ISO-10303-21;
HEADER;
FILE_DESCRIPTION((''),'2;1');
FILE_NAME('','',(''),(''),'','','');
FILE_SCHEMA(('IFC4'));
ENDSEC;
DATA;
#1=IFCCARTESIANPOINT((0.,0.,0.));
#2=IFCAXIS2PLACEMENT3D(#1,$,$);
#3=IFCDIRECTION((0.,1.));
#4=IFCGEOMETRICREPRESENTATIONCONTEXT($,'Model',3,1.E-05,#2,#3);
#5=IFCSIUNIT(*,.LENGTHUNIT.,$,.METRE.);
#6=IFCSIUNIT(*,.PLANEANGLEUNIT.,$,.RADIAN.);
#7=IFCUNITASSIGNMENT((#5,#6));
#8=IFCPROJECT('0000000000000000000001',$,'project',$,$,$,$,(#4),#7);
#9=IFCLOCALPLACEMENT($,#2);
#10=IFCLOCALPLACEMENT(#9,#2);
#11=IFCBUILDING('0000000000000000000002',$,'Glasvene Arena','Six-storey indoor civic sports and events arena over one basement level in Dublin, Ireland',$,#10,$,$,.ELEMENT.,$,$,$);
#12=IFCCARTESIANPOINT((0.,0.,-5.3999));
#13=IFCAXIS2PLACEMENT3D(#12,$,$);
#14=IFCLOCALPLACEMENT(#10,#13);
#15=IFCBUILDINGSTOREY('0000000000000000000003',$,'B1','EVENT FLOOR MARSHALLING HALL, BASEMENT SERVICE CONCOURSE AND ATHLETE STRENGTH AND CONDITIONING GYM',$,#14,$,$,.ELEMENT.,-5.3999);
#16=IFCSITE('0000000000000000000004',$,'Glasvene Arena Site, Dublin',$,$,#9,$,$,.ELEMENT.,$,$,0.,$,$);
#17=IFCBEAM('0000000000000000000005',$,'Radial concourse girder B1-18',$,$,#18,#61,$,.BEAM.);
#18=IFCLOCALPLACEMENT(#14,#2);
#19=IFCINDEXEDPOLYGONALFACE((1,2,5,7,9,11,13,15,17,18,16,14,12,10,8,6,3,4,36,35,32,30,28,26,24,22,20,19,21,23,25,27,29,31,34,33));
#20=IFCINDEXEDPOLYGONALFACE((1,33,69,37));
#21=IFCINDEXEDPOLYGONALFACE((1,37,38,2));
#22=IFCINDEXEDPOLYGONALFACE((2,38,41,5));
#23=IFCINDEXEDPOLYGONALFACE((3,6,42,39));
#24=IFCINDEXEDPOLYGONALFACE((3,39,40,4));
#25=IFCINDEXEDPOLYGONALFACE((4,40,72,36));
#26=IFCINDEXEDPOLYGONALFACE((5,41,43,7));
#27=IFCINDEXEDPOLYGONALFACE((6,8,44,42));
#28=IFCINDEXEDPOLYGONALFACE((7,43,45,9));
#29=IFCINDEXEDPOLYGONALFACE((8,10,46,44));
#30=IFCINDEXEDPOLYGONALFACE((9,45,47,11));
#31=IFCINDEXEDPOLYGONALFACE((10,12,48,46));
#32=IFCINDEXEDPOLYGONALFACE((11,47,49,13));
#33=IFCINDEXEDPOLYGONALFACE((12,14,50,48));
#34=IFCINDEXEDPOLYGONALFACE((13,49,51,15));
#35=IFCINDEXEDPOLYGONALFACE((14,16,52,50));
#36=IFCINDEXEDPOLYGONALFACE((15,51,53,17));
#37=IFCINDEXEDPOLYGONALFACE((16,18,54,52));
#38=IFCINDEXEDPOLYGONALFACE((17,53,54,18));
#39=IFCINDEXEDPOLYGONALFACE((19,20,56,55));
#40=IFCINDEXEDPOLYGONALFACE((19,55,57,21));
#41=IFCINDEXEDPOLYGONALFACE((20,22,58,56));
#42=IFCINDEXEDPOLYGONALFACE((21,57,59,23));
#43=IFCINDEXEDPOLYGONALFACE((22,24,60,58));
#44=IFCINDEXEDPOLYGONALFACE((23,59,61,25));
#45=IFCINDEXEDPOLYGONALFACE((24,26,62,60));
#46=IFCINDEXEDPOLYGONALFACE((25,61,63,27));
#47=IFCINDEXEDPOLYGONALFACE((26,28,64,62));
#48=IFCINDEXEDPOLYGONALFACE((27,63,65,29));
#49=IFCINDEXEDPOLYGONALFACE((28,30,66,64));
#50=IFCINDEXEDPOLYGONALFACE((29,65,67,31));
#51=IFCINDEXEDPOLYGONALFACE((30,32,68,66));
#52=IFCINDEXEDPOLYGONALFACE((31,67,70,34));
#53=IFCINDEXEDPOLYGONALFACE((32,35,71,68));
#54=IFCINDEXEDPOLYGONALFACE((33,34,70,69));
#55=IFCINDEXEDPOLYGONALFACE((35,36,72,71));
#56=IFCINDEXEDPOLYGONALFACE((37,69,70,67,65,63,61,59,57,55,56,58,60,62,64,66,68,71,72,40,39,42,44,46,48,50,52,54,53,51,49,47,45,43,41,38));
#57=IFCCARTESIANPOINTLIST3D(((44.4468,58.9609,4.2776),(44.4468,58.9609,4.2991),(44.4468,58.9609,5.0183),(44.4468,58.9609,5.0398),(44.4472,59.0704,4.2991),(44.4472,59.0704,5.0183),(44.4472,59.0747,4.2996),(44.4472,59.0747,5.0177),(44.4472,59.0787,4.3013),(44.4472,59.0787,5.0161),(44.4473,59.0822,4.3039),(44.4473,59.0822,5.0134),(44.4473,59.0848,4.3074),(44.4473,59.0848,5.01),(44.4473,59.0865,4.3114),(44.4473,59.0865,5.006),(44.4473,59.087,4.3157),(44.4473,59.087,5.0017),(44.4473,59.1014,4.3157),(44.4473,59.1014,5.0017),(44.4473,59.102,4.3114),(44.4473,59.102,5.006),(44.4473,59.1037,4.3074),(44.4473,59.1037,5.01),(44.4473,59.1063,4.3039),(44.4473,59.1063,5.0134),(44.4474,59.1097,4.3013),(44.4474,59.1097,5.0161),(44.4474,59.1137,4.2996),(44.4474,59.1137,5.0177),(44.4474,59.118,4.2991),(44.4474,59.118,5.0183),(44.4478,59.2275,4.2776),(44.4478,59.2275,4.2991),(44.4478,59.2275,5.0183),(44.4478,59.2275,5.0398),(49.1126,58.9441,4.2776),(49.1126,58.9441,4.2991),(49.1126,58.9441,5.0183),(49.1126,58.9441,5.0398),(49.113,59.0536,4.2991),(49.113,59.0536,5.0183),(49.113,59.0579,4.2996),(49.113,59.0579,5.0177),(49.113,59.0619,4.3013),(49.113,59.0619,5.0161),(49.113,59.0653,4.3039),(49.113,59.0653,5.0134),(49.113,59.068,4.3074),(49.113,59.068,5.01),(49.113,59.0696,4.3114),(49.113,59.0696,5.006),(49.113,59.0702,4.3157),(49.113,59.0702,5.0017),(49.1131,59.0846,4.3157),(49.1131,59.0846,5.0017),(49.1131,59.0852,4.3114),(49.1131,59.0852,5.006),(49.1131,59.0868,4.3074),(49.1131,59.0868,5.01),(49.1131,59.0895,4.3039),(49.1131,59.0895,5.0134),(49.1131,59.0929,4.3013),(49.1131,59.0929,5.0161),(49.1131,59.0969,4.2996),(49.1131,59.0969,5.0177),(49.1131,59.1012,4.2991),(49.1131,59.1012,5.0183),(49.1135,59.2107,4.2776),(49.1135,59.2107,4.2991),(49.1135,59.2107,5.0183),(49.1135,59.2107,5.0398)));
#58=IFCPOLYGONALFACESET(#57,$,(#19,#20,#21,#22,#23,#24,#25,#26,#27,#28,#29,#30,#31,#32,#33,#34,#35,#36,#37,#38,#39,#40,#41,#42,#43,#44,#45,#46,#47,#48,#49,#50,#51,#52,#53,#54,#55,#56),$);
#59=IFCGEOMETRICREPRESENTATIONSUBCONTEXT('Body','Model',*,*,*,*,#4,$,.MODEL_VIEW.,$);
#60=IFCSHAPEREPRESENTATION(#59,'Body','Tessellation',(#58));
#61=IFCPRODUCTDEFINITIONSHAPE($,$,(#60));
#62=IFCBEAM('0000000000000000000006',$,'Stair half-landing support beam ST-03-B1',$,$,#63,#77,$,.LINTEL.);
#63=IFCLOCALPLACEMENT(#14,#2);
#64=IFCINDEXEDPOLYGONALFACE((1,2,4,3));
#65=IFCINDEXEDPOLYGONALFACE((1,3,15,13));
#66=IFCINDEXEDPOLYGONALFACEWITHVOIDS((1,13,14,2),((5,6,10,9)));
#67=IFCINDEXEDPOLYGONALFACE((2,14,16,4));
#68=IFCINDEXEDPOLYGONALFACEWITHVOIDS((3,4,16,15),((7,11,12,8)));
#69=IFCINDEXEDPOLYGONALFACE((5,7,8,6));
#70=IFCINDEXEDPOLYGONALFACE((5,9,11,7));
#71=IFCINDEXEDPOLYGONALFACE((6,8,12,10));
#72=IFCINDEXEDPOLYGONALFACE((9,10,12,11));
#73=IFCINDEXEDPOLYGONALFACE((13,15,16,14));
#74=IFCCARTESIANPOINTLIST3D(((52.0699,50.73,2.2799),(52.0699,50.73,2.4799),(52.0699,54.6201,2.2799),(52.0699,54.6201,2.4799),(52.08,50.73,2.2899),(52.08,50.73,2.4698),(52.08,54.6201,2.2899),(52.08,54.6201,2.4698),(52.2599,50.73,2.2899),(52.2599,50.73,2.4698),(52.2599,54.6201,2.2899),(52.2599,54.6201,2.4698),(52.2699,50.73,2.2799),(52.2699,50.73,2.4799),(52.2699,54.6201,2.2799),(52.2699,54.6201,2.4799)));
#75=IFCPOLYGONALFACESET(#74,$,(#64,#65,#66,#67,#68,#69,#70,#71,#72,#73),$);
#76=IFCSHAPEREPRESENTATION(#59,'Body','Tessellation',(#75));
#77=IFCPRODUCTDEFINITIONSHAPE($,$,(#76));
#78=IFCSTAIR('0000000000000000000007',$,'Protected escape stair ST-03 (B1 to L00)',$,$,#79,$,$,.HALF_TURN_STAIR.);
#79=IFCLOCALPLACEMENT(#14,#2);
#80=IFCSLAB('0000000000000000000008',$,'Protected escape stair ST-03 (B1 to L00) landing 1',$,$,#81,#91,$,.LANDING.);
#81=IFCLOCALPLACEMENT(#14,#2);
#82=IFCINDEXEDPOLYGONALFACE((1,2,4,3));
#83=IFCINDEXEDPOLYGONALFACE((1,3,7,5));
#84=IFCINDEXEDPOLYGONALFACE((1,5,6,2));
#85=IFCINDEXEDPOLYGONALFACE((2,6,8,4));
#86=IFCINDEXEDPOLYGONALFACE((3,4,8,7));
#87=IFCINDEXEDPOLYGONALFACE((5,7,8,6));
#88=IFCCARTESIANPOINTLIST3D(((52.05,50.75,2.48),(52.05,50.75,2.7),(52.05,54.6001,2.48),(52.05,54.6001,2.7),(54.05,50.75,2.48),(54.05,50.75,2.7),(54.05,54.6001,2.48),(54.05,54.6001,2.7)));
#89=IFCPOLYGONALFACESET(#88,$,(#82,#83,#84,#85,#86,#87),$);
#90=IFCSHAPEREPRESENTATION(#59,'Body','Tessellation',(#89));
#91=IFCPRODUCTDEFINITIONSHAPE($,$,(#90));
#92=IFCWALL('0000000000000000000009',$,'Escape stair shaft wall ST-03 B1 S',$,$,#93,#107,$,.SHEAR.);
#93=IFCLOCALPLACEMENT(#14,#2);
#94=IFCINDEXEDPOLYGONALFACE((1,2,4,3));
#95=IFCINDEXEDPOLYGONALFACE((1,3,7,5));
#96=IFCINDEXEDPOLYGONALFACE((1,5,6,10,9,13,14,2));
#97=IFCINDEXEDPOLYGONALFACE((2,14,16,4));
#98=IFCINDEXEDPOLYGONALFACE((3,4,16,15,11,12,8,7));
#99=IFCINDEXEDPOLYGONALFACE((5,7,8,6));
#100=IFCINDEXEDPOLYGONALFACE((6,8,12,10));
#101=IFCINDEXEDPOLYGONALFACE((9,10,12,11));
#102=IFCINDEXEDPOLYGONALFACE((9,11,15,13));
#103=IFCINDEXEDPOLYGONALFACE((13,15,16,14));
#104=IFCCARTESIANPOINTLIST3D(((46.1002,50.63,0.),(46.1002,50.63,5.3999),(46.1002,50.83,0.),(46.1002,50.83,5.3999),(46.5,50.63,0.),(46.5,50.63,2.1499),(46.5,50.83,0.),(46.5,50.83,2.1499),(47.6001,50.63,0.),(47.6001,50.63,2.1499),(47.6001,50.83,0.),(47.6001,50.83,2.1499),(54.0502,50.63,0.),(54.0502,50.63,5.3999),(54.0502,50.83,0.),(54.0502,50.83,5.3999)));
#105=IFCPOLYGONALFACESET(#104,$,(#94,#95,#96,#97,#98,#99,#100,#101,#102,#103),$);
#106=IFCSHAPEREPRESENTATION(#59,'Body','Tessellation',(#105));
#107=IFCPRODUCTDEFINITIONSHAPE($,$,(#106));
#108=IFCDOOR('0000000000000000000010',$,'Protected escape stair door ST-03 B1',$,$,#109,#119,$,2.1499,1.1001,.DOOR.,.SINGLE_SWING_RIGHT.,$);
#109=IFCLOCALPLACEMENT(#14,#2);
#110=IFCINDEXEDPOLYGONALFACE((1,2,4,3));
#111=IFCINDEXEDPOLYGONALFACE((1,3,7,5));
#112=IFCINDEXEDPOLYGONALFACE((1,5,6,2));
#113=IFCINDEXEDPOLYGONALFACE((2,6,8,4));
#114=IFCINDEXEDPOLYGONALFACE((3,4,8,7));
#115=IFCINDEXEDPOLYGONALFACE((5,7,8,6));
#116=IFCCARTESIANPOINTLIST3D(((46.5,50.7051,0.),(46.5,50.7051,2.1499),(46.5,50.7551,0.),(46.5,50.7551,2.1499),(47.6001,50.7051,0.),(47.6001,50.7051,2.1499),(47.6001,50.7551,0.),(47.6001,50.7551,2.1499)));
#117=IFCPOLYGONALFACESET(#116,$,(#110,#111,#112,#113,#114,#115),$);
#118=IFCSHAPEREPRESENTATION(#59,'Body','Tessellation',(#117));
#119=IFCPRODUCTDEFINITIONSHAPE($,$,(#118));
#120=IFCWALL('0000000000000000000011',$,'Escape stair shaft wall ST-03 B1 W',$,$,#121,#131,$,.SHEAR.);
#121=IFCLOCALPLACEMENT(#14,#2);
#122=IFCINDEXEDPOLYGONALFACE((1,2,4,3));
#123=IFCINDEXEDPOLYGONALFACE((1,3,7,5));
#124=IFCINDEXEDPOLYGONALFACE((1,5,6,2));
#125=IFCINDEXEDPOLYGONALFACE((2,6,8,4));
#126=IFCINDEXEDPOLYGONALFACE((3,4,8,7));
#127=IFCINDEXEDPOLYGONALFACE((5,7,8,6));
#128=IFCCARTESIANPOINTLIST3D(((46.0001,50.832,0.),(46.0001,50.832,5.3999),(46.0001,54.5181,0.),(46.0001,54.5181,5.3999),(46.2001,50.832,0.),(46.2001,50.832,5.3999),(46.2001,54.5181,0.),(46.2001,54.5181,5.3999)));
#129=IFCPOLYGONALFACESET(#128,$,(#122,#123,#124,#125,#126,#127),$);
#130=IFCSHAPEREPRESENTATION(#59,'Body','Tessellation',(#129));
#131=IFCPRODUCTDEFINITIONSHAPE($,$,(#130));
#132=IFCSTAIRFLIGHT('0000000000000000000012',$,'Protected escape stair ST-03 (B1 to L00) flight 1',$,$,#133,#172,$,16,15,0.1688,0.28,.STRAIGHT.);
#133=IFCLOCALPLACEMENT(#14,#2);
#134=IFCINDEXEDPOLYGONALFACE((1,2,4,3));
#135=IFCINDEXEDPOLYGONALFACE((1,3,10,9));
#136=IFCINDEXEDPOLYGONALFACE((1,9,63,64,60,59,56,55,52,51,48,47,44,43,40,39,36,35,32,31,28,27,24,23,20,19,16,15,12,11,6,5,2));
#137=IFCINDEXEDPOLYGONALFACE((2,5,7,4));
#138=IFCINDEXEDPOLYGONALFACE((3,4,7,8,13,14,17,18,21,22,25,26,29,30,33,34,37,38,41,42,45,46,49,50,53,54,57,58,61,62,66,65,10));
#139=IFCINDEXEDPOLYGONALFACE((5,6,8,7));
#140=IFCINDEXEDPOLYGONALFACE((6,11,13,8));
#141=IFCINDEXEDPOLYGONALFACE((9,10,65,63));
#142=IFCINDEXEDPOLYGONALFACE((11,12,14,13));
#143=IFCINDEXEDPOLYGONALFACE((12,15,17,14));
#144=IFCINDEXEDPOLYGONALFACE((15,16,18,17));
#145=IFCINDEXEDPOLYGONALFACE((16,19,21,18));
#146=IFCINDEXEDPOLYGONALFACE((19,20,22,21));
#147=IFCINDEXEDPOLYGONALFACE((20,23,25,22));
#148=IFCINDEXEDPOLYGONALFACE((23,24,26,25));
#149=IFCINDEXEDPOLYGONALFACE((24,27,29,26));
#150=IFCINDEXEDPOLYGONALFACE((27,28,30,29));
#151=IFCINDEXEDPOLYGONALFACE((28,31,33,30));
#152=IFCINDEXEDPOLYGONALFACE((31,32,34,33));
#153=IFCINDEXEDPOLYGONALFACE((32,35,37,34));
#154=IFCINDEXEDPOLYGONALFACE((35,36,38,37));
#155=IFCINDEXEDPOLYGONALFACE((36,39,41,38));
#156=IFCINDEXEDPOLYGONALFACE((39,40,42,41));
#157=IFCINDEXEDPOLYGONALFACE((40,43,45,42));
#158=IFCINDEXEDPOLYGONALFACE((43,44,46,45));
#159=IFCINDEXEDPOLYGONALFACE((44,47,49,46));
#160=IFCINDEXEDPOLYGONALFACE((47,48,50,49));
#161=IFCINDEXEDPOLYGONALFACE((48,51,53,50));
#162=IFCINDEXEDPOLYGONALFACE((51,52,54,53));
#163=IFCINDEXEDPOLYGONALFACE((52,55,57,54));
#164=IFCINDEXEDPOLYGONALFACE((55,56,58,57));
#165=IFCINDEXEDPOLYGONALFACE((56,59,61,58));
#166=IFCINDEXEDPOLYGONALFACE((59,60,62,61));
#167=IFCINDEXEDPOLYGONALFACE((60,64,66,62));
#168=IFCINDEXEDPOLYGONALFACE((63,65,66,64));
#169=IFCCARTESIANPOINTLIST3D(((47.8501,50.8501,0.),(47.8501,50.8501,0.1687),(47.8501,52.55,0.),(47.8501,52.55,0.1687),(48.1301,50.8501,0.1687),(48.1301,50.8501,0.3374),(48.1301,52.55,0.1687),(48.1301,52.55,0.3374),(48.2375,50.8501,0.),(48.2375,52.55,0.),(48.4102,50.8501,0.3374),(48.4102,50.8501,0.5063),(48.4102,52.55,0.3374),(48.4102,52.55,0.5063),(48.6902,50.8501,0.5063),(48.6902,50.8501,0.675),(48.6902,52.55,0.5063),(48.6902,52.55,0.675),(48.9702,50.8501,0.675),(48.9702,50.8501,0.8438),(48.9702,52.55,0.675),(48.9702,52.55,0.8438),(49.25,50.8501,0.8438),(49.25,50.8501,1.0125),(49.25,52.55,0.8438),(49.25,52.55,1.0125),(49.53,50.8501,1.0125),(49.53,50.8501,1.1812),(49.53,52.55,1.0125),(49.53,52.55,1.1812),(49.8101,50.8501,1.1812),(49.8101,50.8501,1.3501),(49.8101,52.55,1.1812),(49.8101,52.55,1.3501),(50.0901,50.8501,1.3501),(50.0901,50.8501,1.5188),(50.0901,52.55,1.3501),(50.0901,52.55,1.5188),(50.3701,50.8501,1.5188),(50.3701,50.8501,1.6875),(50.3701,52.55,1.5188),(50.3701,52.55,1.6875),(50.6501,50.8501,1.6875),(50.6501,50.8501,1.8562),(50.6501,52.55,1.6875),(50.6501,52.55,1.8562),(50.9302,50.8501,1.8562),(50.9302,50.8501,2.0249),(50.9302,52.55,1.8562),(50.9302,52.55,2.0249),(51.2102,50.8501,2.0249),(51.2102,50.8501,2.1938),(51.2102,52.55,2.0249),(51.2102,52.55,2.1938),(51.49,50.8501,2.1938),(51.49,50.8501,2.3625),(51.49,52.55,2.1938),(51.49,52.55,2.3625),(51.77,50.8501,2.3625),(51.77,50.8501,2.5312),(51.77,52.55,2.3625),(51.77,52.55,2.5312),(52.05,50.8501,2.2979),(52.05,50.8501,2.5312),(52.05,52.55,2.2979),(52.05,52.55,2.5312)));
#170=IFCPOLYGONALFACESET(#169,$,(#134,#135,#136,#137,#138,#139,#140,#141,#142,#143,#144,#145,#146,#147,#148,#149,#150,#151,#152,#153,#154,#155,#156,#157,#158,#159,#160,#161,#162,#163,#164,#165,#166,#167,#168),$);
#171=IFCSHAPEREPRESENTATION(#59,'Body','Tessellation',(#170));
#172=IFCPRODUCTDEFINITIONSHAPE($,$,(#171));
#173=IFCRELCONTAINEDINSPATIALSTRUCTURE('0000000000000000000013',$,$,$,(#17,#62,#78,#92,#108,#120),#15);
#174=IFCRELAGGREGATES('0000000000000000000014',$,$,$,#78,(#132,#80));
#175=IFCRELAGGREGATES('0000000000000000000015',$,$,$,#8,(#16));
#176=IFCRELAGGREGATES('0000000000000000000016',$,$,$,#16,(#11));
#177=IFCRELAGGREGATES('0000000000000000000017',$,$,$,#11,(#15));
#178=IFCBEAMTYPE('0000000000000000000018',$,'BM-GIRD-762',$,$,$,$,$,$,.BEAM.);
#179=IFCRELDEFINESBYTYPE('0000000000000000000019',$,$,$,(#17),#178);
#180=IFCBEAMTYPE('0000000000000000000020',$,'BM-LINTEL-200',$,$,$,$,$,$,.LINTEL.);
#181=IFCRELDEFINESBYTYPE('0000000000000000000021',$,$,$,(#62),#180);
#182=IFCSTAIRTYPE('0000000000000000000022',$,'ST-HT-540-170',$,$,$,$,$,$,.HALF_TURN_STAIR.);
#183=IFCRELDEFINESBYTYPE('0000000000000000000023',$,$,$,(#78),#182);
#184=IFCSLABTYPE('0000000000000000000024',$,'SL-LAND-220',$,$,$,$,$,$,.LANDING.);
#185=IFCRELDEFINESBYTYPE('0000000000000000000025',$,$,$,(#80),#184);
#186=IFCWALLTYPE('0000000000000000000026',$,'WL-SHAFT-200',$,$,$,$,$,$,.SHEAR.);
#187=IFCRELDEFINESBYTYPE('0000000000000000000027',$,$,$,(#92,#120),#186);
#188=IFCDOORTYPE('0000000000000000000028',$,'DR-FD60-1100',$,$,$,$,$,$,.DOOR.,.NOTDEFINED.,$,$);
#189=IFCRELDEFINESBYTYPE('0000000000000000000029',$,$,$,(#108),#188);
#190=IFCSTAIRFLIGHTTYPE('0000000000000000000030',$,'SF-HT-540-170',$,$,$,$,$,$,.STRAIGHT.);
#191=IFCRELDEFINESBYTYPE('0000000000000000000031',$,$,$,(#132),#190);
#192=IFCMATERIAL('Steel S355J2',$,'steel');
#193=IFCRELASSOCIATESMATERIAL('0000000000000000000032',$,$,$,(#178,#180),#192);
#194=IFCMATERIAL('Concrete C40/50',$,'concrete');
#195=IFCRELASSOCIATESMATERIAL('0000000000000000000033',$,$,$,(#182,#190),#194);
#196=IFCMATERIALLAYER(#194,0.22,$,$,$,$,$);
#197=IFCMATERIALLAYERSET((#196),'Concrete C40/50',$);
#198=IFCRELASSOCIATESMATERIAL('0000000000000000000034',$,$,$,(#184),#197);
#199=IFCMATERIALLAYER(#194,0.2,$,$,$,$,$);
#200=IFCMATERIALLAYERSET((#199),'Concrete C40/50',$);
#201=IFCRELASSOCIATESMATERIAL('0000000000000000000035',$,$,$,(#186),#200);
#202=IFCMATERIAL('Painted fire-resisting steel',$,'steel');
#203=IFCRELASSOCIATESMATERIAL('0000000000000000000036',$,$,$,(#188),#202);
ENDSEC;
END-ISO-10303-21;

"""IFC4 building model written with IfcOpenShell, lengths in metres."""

from ifc_helpers import new_model, si_unit, direction, frame, frame_2d, origin, origin_2d, place, context, subcontext, project, spatial, polyline, rectangle, hollow_rectangle, i_section, outline, extrude, material, layer, layer_set, material_profile, profile_set, type_object, element, fill, aggregate, save


model = new_model("IFC4")

# Units and contexts
model_context = context("Model", 3, precision=1e-05, world=origin(), true_north=direction((0.0, 1.0)))
body_context = subcontext(model_context, "Body", "Model", "MODEL_VIEW")
ifc_project = project(units=[si_unit("LENGTHUNIT", "METRE"), si_unit("PLANEANGLEUNIT", "RADIAN")], contexts=[model_context])

# Site, building, storey
site_placement = place(None, origin())
site = spatial("IfcSite", under=ifc_project, at=site_placement, Name="Glasvene Arena Site, Dublin", CompositionType="ELEMENT", RefElevation=0.0)
building_placement = place(site_placement, origin())
building = spatial("IfcBuilding", under=site, at=building_placement, Name="Glasvene Arena", Description="Six-storey indoor civic sports and events arena over one basement level in Dublin, Ireland", CompositionType="ELEMENT")
storey_placement = place(building_placement, frame((0.0, 0.0, -5.3999)))
storey = spatial("IfcBuildingStorey", under=building, at=storey_placement, Name="B1", Description="EVENT FLOOR MARSHALLING HALL, BASEMENT SERVICE CONCOURSE AND ATHLETE STRENGTH AND CONDITIONING GYM", CompositionType="ELEMENT", Elevation=-5.3999)

# Shared definitions
ifc_material_1 = material(Name="Concrete C40/50", Category="concrete")

# Shared definitions
ifc_material_2 = material(Name="Steel S355J2", Category="steel")

# Beams
ifc_material_profile_1 = material_profile(ifc_material_2, i_section(OverallWidth=0.2666, OverallDepth=0.7622, WebThickness=0.0144, FlangeThickness=0.0215, FilletRadius=0.0166, at=origin_2d()), Name="UKB 762x267x173")
ifc_profile_set_1 = profile_set([ifc_material_profile_1], Name="Steel S355J2")
beam_type_1 = type_object("IfcBeamType", Name="BM-GIRD-762", PredefinedType="BEAM", material=ifc_profile_set_1)
beam_1_placement = place(storey_placement, frame((49.113, 59.0774, 4.6587), z_axis=(-0.999993, 0.00361, 0.0), x_axis=(-0.00361, -0.999993, 0.0)))
element("IfcBeam", 1, at=beam_1_placement, inside=storey, type_object=beam_type_1, Name="Radial concourse girder B1-18", PredefinedType="BEAM", context=body_context, shape_type="SweptSolid", body=[
    extrude(i_section(OverallWidth=0.2666, OverallDepth=0.7622, WebThickness=0.0144, FlangeThickness=0.0215, FilletRadius=0.0166, at=origin_2d()), origin(), (0.0, 0.0, 1.0), 4.6658),
])
ifc_material_profile_2 = material_profile(ifc_material_2, hollow_rectangle(XDim=0.2, YDim=0.2, WallThickness=0.01, at=origin_2d()), Name="SHS 200x200x10.0")
ifc_profile_set_2 = profile_set([ifc_material_profile_2], Name="Steel S355J2")
beam_type_2 = type_object("IfcBeamType", Name="BM-LINTEL-200", PredefinedType="LINTEL", material=ifc_profile_set_2)
beam_2_placement = place(storey_placement, frame((52.1699, 50.73, 2.3799), z_axis=(0.0, 1.0, 0.0), x_axis=(-1.0, 0.0, 0.0)))
element("IfcBeam", 2, at=beam_2_placement, inside=storey, type_object=beam_type_2, Name="Stair half-landing support beam ST-03-B1", PredefinedType="LINTEL", context=body_context, shape_type="SweptSolid", body=[
    extrude(hollow_rectangle(XDim=0.2, YDim=0.2, WallThickness=0.01, at=origin_2d()), origin(), (0.0, 0.0, 1.0), 3.8901),
])

# Stair, slab
stair_type = type_object("IfcStairType", Name="ST-HT-540-170", PredefinedType="HALF_TURN_STAIR", material=ifc_material_1)
stair_placement = place(storey_placement, origin())
stair = element("IfcStair", 3, at=stair_placement, inside=storey, type_object=stair_type, Name="Protected escape stair ST-03 (B1 to L00)", PredefinedType="HALF_TURN_STAIR")
ifc_layer_1 = layer(ifc_material_1, 0.22)
ifc_layer_set_1 = layer_set([ifc_layer_1], Name="Concrete C40/50")
slab_type = type_object("IfcSlabType", Name="SL-LAND-220", PredefinedType="LANDING", material=ifc_layer_set_1)
slab_placement = place(storey_placement, frame((53.05, 52.675, 2.48)))
slab = element("IfcSlab", 4, at=slab_placement, type_object=slab_type, Name="Protected escape stair ST-03 (B1 to L00) landing 1", PredefinedType="LANDING", context=body_context, shape_type="SweptSolid", body=[
    extrude(outline(polyline([(-1.0, -1.925), (1.0, -1.925), (1.0, 1.925), (-1.0, 1.925), (-1.0, -1.925)])), origin(), (0.0, 0.0, 1.0), 0.22),
])

# Wall, opening, door
ifc_layer_2 = layer(ifc_material_1, 0.2)
ifc_layer_set_2 = layer_set([ifc_layer_2], Name="Concrete C40/50")
wall_type = type_object("IfcWallType", Name="WL-SHAFT-200", PredefinedType="SHEAR", material=ifc_layer_set_2)
wall_1_placement = place(storey_placement, frame((46.1001, 50.73, 0.0), z_axis=(0.0, 0.0, 1.0), x_axis=(1.0, 0.0, 0.0)))
wall_1 = element("IfcWall", 5, at=wall_1_placement, inside=storey, type_object=wall_type, Name="Escape stair shaft wall ST-03 B1 S", PredefinedType="SHEAR", context=body_context, shape_type="SweptSolid", body=[
    extrude(rectangle(XDim=7.95, YDim=0.2, at=frame_2d((3.9751, 0.0))), origin(), (0.0, 0.0, 1.0), 5.3999),
])
opening_placement = place(wall_1_placement, frame((0.3999, 0.0, 0.0)))
opening = element("IfcOpeningElement", 6, at=opening_placement, cuts=wall_1, PredefinedType="OPENING", context=body_context, shape_type="SweptSolid", body=[
    extrude(rectangle(XDim=1.1001, YDim=2.1499, at=frame_2d((0.55, 1.075))), frame((0.0, 0.1099, 0.0), z_axis=(0.0, -1.0, 0.0), x_axis=(1.0, 0.0, 0.0)), (0.0, 0.0, 1.0), 0.22),
])
ifc_material_3 = material(Name="Painted fire-resisting steel", Category="steel")
door_type = type_object("IfcDoorType", Name="DR-FD60-1100", OperationType="NOTDEFINED", PredefinedType="DOOR", material=ifc_material_3)
door_placement = place(opening_placement, frame((1.1001, 0.0, 0.0), z_axis=(0.0, 0.0, 1.0), x_axis=(-1.0, 0.0, 0.0)))
door = element("IfcDoor", 7, at=door_placement, inside=storey, type_object=door_type, Name="Protected escape stair door ST-03 B1", OperationType="SINGLE_SWING_RIGHT", OverallHeight=2.1499, OverallWidth=1.1001, PredefinedType="DOOR", context=body_context, shape_type="SweptSolid", body=[
    extrude(rectangle(XDim=1.1001, YDim=2.1499, at=frame_2d((0.55, 1.075))), frame((0.0, 0.0249, 0.0), z_axis=(0.0, -1.0, 0.0), x_axis=(1.0, 0.0, 0.0)), (0.0, 0.0, 1.0), 0.05),
])
fill(opening, door)

# Wall
wall_2_placement = place(storey_placement, frame((46.1001, 50.832, 0.0), z_axis=(0.0, 0.0, 1.0), x_axis=(0.0, 1.0, 0.0)))
element("IfcWall", 8, at=wall_2_placement, inside=storey, type_object=wall_type, Name="Escape stair shaft wall ST-03 B1 W", PredefinedType="SHEAR", context=body_context, shape_type="SweptSolid", body=[
    extrude(rectangle(XDim=3.686, YDim=0.2, at=frame_2d((1.843, 0.0))), origin(), (0.0, 0.0, 1.0), 5.3999),
])

# Stair flight
stair_flight_type = type_object("IfcStairFlightType", Name="SF-HT-540-170", PredefinedType="STRAIGHT", material=ifc_material_1)
stair_flight_1_placement = place(storey_placement, frame((47.8501, 51.7, 0.0), z_axis=(0.0, 0.0, 1.0), x_axis=(1.0, 0.0, 0.0)))
stair_flight_1 = element("IfcStairFlight", 9, at=stair_flight_1_placement, type_object=stair_flight_type, Name="Protected escape stair ST-03 (B1 to L00) flight 1", NumberOfRisers=16, NumberOfTreads=15, PredefinedType="STRAIGHT", RiserHeight=0.1688, TreadLength=0.28, context=body_context, shape_type="SweptSolid", body=[
    extrude(outline(polyline([(0.0, 0.0), (0.0, 0.1687), (0.28, 0.1687), (0.28, 0.3374), (0.5601, 0.3374), (0.5601, 0.5063), (0.8401, 0.5063), (0.8401, 0.675), (1.1201, 0.675), (1.1201, 0.8438), (1.3999, 0.8438), (1.3999, 1.0125), (1.6799, 1.0125), (1.6799, 1.1812), (1.96, 1.1812), (1.96, 1.3501), (2.24, 1.3501), (2.24, 1.5188), (2.52, 1.5188), (2.52, 1.6875), (2.8, 1.6875), (2.8, 1.8562), (3.0801, 1.8562), (3.0801, 2.0249), (3.3601, 2.0249), (3.3601, 2.1938), (3.6399, 2.1938), (3.6399, 2.3625), (3.9199, 2.3625), (3.9199, 2.5312), (4.2, 2.5312), (4.2, 2.7), (4.2, 2.2979), (0.3875, 0.0), (0.0, 0.0)])), frame((0.0, 0.8501, 0.0), z_axis=(0.0, -1.0, 0.0), x_axis=(1.0, 0.0, 0.0)), (0.0, 0.0, 1.0), 1.7),
])
aggregate(stair, [stair_flight_1, slab])

save(model, "model.ifc")
